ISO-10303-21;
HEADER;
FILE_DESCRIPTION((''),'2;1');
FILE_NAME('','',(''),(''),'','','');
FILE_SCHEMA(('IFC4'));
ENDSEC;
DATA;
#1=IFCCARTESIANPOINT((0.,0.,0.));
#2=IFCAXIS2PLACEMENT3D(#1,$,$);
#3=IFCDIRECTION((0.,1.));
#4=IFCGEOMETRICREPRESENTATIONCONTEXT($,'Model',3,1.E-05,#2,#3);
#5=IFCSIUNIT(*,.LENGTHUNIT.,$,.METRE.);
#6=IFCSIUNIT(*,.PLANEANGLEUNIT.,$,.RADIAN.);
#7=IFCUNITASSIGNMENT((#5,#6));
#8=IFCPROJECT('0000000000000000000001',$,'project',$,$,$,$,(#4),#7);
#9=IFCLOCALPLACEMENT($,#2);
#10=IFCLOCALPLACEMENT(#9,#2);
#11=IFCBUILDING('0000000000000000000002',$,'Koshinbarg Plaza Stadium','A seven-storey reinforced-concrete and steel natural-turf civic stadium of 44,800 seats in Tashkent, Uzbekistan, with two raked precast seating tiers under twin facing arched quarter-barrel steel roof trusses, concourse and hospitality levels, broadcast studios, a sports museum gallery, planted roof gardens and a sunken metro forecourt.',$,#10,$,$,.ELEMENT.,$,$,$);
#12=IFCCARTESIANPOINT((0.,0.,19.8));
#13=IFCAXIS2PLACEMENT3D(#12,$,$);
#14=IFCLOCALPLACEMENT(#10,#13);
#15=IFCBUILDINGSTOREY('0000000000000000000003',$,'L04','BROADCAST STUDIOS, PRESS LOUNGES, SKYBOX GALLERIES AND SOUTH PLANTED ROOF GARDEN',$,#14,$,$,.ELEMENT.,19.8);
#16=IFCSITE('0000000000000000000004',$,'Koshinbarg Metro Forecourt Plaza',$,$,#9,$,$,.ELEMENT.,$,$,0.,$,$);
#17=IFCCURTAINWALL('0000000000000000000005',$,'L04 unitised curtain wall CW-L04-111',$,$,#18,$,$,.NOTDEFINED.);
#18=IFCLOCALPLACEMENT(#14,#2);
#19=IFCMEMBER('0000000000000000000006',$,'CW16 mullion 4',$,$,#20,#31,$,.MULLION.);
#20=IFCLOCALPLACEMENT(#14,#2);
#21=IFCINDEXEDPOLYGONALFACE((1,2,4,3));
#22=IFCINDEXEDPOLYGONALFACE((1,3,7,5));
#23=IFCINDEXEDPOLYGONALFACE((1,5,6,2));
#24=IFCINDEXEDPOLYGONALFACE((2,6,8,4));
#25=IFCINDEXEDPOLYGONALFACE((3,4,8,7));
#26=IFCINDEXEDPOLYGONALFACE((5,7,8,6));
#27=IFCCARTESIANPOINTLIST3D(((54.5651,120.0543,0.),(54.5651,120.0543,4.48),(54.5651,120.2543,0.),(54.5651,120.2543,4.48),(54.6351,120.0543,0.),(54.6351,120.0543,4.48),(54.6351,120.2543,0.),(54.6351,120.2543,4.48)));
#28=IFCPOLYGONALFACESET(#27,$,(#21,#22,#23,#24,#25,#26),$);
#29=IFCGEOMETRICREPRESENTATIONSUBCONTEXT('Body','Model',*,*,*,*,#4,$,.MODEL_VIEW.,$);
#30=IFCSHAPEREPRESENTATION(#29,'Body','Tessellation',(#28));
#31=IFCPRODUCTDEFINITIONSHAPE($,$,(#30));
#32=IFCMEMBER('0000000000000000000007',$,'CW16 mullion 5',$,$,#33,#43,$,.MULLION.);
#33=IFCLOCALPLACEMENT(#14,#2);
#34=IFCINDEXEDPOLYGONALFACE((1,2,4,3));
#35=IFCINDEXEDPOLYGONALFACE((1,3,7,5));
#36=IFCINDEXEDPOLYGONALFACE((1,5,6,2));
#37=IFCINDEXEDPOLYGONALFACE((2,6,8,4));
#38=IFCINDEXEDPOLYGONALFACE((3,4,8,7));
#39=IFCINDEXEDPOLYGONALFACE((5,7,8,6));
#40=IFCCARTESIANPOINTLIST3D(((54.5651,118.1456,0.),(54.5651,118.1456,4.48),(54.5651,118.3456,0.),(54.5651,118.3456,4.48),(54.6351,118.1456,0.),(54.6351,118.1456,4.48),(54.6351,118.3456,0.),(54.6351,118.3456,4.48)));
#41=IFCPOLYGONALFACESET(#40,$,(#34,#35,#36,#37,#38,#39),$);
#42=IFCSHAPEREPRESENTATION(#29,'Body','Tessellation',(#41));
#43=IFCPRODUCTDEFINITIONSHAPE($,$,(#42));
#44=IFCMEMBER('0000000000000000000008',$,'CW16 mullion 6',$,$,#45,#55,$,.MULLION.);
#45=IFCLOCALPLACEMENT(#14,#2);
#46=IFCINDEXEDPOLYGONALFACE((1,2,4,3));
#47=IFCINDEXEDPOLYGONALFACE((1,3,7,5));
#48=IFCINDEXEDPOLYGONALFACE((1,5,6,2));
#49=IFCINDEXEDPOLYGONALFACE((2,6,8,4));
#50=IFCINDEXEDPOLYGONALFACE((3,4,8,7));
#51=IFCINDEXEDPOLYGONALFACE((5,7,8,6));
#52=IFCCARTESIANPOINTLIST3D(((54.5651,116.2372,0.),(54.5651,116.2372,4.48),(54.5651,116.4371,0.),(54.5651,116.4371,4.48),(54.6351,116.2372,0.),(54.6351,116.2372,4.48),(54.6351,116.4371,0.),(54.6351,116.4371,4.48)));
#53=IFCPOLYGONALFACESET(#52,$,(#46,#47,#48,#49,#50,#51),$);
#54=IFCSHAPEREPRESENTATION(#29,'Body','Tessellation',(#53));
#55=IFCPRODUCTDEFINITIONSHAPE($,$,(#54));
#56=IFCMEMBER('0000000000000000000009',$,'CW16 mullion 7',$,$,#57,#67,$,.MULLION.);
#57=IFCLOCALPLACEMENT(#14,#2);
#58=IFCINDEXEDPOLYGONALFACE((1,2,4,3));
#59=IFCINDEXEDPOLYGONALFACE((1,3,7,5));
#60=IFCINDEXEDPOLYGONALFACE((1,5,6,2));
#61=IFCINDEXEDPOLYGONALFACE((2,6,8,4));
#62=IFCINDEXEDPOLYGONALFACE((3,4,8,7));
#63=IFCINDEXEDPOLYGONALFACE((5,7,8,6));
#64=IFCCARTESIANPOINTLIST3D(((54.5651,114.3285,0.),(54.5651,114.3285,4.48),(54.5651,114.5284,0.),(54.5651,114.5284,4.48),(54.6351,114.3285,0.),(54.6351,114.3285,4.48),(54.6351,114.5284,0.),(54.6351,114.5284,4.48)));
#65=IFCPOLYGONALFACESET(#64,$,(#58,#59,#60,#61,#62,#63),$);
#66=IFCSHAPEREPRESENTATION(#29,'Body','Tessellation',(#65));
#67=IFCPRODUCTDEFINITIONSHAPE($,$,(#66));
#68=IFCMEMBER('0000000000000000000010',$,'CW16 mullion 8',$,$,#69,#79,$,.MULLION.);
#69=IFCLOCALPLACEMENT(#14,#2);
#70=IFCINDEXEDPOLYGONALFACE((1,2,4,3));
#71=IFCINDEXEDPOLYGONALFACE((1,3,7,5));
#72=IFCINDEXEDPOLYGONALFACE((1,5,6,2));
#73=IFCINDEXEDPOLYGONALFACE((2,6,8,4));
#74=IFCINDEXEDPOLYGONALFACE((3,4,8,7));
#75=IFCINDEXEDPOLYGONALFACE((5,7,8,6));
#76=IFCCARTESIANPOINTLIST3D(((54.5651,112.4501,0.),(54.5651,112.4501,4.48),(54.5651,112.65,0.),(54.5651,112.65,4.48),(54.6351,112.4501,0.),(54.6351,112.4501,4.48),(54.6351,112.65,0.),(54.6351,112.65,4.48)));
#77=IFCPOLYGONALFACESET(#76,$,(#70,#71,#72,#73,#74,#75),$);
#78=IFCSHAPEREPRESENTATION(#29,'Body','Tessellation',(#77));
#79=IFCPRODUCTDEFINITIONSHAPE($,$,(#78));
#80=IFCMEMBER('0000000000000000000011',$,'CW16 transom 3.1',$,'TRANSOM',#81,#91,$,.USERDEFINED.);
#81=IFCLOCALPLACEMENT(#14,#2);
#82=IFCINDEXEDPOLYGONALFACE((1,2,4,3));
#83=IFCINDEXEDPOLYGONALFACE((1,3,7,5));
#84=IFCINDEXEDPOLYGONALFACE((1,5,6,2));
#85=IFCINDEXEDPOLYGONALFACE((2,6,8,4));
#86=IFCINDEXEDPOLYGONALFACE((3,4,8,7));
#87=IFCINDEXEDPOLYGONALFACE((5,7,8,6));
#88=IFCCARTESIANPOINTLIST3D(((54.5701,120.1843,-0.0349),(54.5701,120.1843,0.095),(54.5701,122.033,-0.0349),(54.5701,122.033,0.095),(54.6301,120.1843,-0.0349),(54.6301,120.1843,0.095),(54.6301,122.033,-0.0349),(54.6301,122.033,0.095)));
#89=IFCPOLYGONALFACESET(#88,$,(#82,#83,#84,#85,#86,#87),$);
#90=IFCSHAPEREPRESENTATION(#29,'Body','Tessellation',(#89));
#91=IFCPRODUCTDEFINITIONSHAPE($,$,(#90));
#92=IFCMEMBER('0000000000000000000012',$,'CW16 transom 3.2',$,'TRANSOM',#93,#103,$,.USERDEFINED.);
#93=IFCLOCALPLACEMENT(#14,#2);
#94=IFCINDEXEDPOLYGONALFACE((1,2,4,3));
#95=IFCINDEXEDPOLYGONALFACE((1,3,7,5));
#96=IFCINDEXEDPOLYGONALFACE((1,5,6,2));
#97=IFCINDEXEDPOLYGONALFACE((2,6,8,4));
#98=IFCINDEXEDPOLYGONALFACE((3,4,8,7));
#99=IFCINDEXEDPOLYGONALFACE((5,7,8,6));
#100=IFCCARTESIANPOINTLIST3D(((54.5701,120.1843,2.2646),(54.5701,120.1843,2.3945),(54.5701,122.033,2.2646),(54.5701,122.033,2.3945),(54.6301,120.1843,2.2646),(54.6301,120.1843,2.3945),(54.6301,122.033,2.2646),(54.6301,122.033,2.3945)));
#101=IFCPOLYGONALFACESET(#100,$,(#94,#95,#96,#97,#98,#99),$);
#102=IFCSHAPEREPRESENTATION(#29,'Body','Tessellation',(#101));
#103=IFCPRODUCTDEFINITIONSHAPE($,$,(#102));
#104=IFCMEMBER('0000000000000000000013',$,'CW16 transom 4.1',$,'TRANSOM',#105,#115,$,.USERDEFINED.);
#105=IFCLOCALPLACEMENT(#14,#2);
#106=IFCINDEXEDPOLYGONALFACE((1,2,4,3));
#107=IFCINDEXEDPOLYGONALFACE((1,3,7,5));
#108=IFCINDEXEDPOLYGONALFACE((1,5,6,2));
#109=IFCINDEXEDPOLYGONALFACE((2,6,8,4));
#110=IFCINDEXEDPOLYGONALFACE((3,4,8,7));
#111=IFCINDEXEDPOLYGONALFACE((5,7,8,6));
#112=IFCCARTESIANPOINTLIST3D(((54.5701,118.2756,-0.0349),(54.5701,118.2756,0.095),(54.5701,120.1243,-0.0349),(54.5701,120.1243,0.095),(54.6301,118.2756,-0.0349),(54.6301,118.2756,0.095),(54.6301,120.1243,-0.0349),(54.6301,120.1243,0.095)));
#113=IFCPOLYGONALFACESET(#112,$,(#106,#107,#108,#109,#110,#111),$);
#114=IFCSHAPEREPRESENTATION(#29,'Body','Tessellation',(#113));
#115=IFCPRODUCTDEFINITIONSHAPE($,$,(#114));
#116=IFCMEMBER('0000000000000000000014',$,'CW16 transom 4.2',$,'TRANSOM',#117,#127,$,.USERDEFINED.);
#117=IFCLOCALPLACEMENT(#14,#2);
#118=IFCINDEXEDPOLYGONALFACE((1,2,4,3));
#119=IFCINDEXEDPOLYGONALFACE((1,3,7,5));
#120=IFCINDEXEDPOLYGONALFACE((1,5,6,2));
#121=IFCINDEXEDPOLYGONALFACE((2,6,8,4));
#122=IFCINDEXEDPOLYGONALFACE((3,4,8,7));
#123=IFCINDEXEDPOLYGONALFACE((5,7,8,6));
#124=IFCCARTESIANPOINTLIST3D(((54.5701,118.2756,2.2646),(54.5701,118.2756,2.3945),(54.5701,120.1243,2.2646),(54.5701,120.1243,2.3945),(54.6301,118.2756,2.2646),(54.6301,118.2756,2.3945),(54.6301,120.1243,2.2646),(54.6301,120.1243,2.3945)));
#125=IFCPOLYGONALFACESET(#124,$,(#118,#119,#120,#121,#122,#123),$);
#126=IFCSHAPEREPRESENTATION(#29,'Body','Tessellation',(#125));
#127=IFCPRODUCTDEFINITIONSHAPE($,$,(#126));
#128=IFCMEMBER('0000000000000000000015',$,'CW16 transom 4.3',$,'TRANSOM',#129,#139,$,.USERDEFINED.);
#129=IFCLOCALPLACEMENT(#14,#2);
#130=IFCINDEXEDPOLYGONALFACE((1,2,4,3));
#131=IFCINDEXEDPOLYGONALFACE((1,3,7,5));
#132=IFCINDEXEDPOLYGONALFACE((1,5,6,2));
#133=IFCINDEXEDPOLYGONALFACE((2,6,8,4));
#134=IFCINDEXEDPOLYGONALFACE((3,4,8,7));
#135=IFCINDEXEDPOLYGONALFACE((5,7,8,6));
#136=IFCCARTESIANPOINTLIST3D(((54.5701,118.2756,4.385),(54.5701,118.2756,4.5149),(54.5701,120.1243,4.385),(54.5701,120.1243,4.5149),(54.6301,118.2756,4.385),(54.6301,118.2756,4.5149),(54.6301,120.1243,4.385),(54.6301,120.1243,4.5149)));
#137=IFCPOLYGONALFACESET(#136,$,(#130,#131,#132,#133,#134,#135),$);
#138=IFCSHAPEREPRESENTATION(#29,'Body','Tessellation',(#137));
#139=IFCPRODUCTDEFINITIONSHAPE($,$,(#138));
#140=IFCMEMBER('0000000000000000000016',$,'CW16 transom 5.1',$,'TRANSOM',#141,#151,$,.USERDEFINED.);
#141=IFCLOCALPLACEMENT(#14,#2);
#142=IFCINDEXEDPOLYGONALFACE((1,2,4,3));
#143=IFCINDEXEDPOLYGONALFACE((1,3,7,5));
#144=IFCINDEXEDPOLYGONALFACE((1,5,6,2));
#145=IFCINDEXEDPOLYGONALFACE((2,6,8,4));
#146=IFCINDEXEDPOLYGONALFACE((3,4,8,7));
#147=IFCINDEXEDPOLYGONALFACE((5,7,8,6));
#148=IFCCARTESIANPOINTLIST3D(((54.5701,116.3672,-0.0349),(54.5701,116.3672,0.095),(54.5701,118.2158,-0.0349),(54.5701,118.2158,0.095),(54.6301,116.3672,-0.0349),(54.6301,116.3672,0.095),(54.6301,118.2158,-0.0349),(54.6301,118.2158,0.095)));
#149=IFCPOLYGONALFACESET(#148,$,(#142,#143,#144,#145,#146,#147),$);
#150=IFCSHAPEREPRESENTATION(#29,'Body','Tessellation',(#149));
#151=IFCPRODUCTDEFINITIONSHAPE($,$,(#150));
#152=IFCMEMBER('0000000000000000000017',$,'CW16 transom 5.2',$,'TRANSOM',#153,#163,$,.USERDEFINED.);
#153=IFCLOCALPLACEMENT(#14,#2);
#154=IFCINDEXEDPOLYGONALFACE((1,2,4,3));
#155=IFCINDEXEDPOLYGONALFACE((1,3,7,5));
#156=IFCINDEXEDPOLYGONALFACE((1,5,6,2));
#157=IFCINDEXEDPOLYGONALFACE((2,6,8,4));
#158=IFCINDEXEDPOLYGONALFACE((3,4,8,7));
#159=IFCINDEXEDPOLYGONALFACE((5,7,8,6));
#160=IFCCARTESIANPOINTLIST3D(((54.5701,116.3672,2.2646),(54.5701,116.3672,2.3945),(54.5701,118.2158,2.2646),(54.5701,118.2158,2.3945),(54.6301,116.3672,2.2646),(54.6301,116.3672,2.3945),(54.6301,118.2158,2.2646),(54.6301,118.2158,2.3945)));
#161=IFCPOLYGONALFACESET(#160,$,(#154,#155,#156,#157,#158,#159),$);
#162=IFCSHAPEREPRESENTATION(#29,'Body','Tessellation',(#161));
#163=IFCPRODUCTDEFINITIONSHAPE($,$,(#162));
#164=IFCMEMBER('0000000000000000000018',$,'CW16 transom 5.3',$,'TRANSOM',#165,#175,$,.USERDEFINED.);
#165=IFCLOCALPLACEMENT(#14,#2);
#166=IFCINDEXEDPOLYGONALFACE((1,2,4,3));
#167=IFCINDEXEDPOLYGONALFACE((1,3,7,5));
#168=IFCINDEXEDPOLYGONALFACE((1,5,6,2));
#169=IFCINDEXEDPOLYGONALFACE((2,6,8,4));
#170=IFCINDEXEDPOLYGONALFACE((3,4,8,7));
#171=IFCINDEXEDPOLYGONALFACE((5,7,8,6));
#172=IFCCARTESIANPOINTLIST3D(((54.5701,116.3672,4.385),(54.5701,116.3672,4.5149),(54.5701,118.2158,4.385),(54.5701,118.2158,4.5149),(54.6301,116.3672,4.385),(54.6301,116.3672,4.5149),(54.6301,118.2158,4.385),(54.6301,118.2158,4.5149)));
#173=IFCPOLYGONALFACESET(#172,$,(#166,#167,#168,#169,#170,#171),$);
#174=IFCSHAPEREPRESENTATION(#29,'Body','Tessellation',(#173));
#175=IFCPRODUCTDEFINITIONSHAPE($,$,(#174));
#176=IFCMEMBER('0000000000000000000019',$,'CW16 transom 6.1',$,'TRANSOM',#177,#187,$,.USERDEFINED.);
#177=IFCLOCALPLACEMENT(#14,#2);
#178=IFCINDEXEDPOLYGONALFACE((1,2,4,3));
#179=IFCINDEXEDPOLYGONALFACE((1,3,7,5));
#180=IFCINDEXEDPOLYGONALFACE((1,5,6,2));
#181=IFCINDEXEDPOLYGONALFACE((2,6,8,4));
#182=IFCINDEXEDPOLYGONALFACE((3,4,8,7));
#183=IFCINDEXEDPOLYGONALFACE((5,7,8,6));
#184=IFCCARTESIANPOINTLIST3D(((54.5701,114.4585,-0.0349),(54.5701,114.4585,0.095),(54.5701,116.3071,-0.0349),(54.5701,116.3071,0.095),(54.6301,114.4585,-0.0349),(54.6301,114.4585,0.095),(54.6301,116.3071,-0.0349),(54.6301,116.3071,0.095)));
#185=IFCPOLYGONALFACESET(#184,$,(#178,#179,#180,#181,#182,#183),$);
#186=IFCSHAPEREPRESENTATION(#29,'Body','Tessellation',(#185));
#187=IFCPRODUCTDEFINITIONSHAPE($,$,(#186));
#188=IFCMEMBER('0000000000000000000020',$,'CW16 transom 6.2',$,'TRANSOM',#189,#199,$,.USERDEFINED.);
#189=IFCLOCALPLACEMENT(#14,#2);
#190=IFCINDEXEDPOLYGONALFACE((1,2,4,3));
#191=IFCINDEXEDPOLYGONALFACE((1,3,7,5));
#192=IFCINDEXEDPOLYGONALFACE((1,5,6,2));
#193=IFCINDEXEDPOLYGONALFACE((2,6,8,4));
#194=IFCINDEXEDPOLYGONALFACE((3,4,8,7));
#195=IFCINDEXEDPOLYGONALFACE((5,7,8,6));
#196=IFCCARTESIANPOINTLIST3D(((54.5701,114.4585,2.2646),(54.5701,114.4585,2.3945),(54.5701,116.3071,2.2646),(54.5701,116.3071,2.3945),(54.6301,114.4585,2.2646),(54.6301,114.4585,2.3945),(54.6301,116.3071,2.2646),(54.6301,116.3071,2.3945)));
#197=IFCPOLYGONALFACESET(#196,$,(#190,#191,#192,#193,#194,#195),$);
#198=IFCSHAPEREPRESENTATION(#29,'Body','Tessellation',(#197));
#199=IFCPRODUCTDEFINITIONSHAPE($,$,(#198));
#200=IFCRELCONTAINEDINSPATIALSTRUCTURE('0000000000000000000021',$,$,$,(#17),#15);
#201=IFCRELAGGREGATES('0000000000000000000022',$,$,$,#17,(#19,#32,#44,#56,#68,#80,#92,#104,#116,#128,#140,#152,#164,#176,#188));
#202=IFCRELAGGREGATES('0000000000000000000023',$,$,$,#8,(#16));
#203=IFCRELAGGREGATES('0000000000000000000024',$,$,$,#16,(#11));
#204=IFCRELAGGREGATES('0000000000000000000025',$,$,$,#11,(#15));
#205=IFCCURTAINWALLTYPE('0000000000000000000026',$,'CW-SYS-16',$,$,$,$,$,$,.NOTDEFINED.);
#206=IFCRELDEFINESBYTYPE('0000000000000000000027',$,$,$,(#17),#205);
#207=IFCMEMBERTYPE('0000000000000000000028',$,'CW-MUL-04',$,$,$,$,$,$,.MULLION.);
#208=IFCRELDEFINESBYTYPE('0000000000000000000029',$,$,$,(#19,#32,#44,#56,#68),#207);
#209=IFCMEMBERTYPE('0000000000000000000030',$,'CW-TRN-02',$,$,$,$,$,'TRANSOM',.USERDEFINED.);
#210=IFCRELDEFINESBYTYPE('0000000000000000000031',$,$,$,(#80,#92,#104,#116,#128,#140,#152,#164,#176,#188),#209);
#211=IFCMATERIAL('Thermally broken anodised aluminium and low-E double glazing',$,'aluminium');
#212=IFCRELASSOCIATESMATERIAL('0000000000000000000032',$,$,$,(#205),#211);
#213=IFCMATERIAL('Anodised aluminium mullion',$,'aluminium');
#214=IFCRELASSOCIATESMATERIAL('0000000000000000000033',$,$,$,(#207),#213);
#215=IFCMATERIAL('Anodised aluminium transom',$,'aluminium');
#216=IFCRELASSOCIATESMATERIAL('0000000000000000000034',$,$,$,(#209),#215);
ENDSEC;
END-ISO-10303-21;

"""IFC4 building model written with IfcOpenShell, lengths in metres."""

from ifc_helpers import new_model, si_unit, direction, frame, origin, origin_2d, place, context, subcontext, project, spatial, rectangle, extrude, material, material_profile, profile_set, type_object, element, aggregate, save


model = new_model("IFC4")

# Units and contexts
model_context = context("Model", 3, precision=1e-05, world=origin(), true_north=direction((0.0, 1.0)))
body_context = subcontext(model_context, "Body", "Model", "MODEL_VIEW")
ifc_project = project(units=[si_unit("LENGTHUNIT", "METRE"), si_unit("PLANEANGLEUNIT", "RADIAN")], contexts=[model_context])

# Site, building, storey
site_placement = place(None, origin())
site = spatial("IfcSite", under=ifc_project, at=site_placement, Name="Koshinbarg Metro Forecourt Plaza", CompositionType="ELEMENT", RefElevation=0.0)
building_placement = place(site_placement, origin())
building = spatial("IfcBuilding", under=site, at=building_placement, Name="Koshinbarg Plaza Stadium", Description="A seven-storey reinforced-concrete and steel natural-turf civic stadium of 44,800 seats in Tashkent, Uzbekistan, with two raked precast seating tiers under twin facing arched quarter-barrel steel roof trusses, concourse and hospitality levels, broadcast studios, a sports museum gallery, planted roof gardens and a sunken metro forecourt.", CompositionType="ELEMENT")
storey_placement = place(building_placement, frame((0.0, 0.0, 19.8)))
storey = spatial("IfcBuildingStorey", under=building, at=storey_placement, Name="L04", Description="BROADCAST STUDIOS, PRESS LOUNGES, SKYBOX GALLERIES AND SOUTH PLANTED ROOF GARDEN", CompositionType="ELEMENT", Elevation=19.8)

# Curtain wall, members
ifc_material_1 = material(Name="Thermally broken anodised aluminium and low-E double glazing", Category="aluminium")
curtain_wall_type = type_object("IfcCurtainWallType", Name="CW-SYS-16", PredefinedType="NOTDEFINED", material=ifc_material_1)
curtain_wall_placement = place(storey_placement, origin())
curtain_wall = element("IfcCurtainWall", 1, at=curtain_wall_placement, inside=storey, type_object=curtain_wall_type, Name="L04 unitised curtain wall CW-L04-111", PredefinedType="NOTDEFINED")
ifc_material_2 = material(Name="Anodised aluminium mullion", Category="aluminium")
ifc_material_profile_1 = material_profile(ifc_material_2, rectangle(XDim=0.0701, YDim=0.2, at=origin_2d()), Name="ALU 70x200")
ifc_profile_set_1 = profile_set([ifc_material_profile_1], Name="Anodised aluminium mullion")
member_type_1 = type_object("IfcMemberType", Name="CW-MUL-04", PredefinedType="MULLION", material=ifc_profile_set_1)
member_1_placement = place(storey_placement, frame((54.6001, 120.1543, 0.0), z_axis=(0.0, 0.0, 1.0), x_axis=(1.0, 0.0, 0.0)))
member_1 = element("IfcMember", 2, at=member_1_placement, type_object=member_type_1, Name="CW16 mullion 4", PredefinedType="MULLION", context=body_context, shape_type="SweptSolid", body=[
    extrude(rectangle(XDim=0.0701, YDim=0.2, at=origin_2d()), origin(), (0.0, 0.0, 1.0), 4.48),
])
member_2_placement = place(storey_placement, frame((54.6001, 118.2456, 0.0), z_axis=(0.0, 0.0, 1.0), x_axis=(1.0, 0.0, 0.0)))
member_2 = element("IfcMember", 3, at=member_2_placement, type_object=member_type_1, Name="CW16 mullion 5", PredefinedType="MULLION", context=body_context, shape_type="SweptSolid", body=[
    extrude(rectangle(XDim=0.0701, YDim=0.2, at=origin_2d()), origin(), (0.0, 0.0, 1.0), 4.48),
])
member_3_placement = place(storey_placement, frame((54.6001, 116.3372, 0.0), z_axis=(0.0, 0.0, 1.0), x_axis=(1.0, 0.0, 0.0)))
member_3 = element("IfcMember", 4, at=member_3_placement, type_object=member_type_1, Name="CW16 mullion 6", PredefinedType="MULLION", context=body_context, shape_type="SweptSolid", body=[
    extrude(rectangle(XDim=0.0701, YDim=0.2, at=origin_2d()), origin(), (0.0, 0.0, 1.0), 4.48),
])
member_4_placement = place(storey_placement, frame((54.6001, 114.4285, 0.0), z_axis=(0.0, 0.0, 1.0), x_axis=(1.0, 0.0, 0.0)))
member_4 = element("IfcMember", 5, at=member_4_placement, type_object=member_type_1, Name="CW16 mullion 7", PredefinedType="MULLION", context=body_context, shape_type="SweptSolid", body=[
    extrude(rectangle(XDim=0.0701, YDim=0.2, at=origin_2d()), origin(), (0.0, 0.0, 1.0), 4.48),
])
member_5_placement = place(storey_placement, frame((54.6001, 112.55, 0.0), z_axis=(0.0, 0.0, 1.0), x_axis=(1.0, 0.0, 0.0)))
member_5 = element("IfcMember", 6, at=member_5_placement, type_object=member_type_1, Name="CW16 mullion 8", PredefinedType="MULLION", context=body_context, shape_type="SweptSolid", body=[
    extrude(rectangle(XDim=0.0701, YDim=0.2, at=origin_2d()), origin(), (0.0, 0.0, 1.0), 4.48),
])
ifc_material_3 = material(Name="Anodised aluminium transom", Category="aluminium")
ifc_material_profile_2 = material_profile(ifc_material_3, rectangle(XDim=0.0601, YDim=0.1299, at=origin_2d()), Name="ALU 60x130")
ifc_profile_set_2 = profile_set([ifc_material_profile_2], Name="Anodised aluminium transom")
member_type_2 = type_object("IfcMemberType", Name="CW-TRN-02", ElementType="TRANSOM", PredefinedType="USERDEFINED", material=ifc_profile_set_2)
member_6_placement = place(storey_placement, frame((54.6001, 122.033, 0.03), z_axis=(0.0, -1.0, 0.0), x_axis=(1.0, 0.0, 0.0)))
member_6 = element("IfcMember", 7, at=member_6_placement, type_object=member_type_2, Name="CW16 transom 3.1", ObjectType="TRANSOM", PredefinedType="USERDEFINED", context=body_context, shape_type="SweptSolid", body=[
    extrude(rectangle(XDim=0.0601, YDim=0.1299, at=origin_2d()), origin(), (0.0, 0.0, 1.0), 1.8486),
])
member_7_placement = place(storey_placement, frame((54.6001, 122.033, 2.3296), z_axis=(0.0, -1.0, 0.0), x_axis=(1.0, 0.0, 0.0)))
member_7 = element("IfcMember", 8, at=member_7_placement, type_object=member_type_2, Name="CW16 transom 3.2", ObjectType="TRANSOM", PredefinedType="USERDEFINED", context=body_context, shape_type="SweptSolid", body=[
    extrude(rectangle(XDim=0.0601, YDim=0.1299, at=origin_2d()), origin(), (0.0, 0.0, 1.0), 1.8486),
])
member_8_placement = place(storey_placement, frame((54.6001, 120.1243, 0.03), z_axis=(0.0, -1.0, 0.0), x_axis=(1.0, 0.0, 0.0)))
member_8 = element("IfcMember", 9, at=member_8_placement, type_object=member_type_2, Name="CW16 transom 4.1", ObjectType="TRANSOM", PredefinedType="USERDEFINED", context=body_context, shape_type="SweptSolid", body=[
    extrude(rectangle(XDim=0.0601, YDim=0.1299, at=origin_2d()), origin(), (0.0, 0.0, 1.0), 1.8486),
])
member_9_placement = place(storey_placement, frame((54.6001, 120.1243, 2.3296), z_axis=(0.0, -1.0, 0.0), x_axis=(1.0, 0.0, 0.0)))
member_9 = element("IfcMember", 10, at=member_9_placement, type_object=member_type_2, Name="CW16 transom 4.2", ObjectType="TRANSOM", PredefinedType="USERDEFINED", context=body_context, shape_type="SweptSolid", body=[
    extrude(rectangle(XDim=0.0601, YDim=0.1299, at=origin_2d()), origin(), (0.0, 0.0, 1.0), 1.8486),
])
member_10_placement = place(storey_placement, frame((54.6001, 120.1243, 4.45), z_axis=(0.0, -1.0, 0.0), x_axis=(1.0, 0.0, 0.0)))
member_10 = element("IfcMember", 11, at=member_10_placement, type_object=member_type_2, Name="CW16 transom 4.3", ObjectType="TRANSOM", PredefinedType="USERDEFINED", context=body_context, shape_type="SweptSolid", body=[
    extrude(rectangle(XDim=0.0601, YDim=0.1299, at=origin_2d()), origin(), (0.0, 0.0, 1.0), 1.8486),
])
member_11_placement = place(storey_placement, frame((54.6001, 118.2158, 0.03), z_axis=(0.0, -1.0, 0.0), x_axis=(1.0, 0.0, 0.0)))
member_11 = element("IfcMember", 12, at=member_11_placement, type_object=member_type_2, Name="CW16 transom 5.1", ObjectType="TRANSOM", PredefinedType="USERDEFINED", context=body_context, shape_type="SweptSolid", body=[
    extrude(rectangle(XDim=0.0601, YDim=0.1299, at=origin_2d()), origin(), (0.0, 0.0, 1.0), 1.8486),
])
member_12_placement = place(storey_placement, frame((54.6001, 118.2158, 2.3296), z_axis=(0.0, -1.0, 0.0), x_axis=(1.0, 0.0, 0.0)))
member_12 = element("IfcMember", 13, at=member_12_placement, type_object=member_type_2, Name="CW16 transom 5.2", ObjectType="TRANSOM", PredefinedType="USERDEFINED", context=body_context, shape_type="SweptSolid", body=[
    extrude(rectangle(XDim=0.0601, YDim=0.1299, at=origin_2d()), origin(), (0.0, 0.0, 1.0), 1.8486),
])
member_13_placement = place(storey_placement, frame((54.6001, 118.2158, 4.45), z_axis=(0.0, -1.0, 0.0), x_axis=(1.0, 0.0, 0.0)))
member_13 = element("IfcMember", 14, at=member_13_placement, type_object=member_type_2, Name="CW16 transom 5.3", ObjectType="TRANSOM", PredefinedType="USERDEFINED", context=body_context, shape_type="SweptSolid", body=[
    extrude(rectangle(XDim=0.0601, YDim=0.1299, at=origin_2d()), origin(), (0.0, 0.0, 1.0), 1.8486),
])
member_14_placement = place(storey_placement, frame((54.6001, 116.3071, 0.03), z_axis=(0.0, -1.0, 0.0), x_axis=(1.0, 0.0, 0.0)))
member_14 = element("IfcMember", 15, at=member_14_placement, type_object=member_type_2, Name="CW16 transom 6.1", ObjectType="TRANSOM", PredefinedType="USERDEFINED", context=body_context, shape_type="SweptSolid", body=[
    extrude(rectangle(XDim=0.0601, YDim=0.1299, at=origin_2d()), origin(), (0.0, 0.0, 1.0), 1.8486),
])
member_15_placement = place(storey_placement, frame((54.6001, 116.3071, 2.3296), z_axis=(0.0, -1.0, 0.0), x_axis=(1.0, 0.0, 0.0)))
member_15 = element("IfcMember", 16, at=member_15_placement, type_object=member_type_2, Name="CW16 transom 6.2", ObjectType="TRANSOM", PredefinedType="USERDEFINED", context=body_context, shape_type="SweptSolid", body=[
    extrude(rectangle(XDim=0.0601, YDim=0.1299, at=origin_2d()), origin(), (0.0, 0.0, 1.0), 1.8486),
])
aggregate(curtain_wall, [member_1, member_2, member_3, member_4, member_5, member_6, member_7, member_8, member_9, member_10, member_11, member_12, member_13, member_14, member_15])

save(model, "model.ifc")
